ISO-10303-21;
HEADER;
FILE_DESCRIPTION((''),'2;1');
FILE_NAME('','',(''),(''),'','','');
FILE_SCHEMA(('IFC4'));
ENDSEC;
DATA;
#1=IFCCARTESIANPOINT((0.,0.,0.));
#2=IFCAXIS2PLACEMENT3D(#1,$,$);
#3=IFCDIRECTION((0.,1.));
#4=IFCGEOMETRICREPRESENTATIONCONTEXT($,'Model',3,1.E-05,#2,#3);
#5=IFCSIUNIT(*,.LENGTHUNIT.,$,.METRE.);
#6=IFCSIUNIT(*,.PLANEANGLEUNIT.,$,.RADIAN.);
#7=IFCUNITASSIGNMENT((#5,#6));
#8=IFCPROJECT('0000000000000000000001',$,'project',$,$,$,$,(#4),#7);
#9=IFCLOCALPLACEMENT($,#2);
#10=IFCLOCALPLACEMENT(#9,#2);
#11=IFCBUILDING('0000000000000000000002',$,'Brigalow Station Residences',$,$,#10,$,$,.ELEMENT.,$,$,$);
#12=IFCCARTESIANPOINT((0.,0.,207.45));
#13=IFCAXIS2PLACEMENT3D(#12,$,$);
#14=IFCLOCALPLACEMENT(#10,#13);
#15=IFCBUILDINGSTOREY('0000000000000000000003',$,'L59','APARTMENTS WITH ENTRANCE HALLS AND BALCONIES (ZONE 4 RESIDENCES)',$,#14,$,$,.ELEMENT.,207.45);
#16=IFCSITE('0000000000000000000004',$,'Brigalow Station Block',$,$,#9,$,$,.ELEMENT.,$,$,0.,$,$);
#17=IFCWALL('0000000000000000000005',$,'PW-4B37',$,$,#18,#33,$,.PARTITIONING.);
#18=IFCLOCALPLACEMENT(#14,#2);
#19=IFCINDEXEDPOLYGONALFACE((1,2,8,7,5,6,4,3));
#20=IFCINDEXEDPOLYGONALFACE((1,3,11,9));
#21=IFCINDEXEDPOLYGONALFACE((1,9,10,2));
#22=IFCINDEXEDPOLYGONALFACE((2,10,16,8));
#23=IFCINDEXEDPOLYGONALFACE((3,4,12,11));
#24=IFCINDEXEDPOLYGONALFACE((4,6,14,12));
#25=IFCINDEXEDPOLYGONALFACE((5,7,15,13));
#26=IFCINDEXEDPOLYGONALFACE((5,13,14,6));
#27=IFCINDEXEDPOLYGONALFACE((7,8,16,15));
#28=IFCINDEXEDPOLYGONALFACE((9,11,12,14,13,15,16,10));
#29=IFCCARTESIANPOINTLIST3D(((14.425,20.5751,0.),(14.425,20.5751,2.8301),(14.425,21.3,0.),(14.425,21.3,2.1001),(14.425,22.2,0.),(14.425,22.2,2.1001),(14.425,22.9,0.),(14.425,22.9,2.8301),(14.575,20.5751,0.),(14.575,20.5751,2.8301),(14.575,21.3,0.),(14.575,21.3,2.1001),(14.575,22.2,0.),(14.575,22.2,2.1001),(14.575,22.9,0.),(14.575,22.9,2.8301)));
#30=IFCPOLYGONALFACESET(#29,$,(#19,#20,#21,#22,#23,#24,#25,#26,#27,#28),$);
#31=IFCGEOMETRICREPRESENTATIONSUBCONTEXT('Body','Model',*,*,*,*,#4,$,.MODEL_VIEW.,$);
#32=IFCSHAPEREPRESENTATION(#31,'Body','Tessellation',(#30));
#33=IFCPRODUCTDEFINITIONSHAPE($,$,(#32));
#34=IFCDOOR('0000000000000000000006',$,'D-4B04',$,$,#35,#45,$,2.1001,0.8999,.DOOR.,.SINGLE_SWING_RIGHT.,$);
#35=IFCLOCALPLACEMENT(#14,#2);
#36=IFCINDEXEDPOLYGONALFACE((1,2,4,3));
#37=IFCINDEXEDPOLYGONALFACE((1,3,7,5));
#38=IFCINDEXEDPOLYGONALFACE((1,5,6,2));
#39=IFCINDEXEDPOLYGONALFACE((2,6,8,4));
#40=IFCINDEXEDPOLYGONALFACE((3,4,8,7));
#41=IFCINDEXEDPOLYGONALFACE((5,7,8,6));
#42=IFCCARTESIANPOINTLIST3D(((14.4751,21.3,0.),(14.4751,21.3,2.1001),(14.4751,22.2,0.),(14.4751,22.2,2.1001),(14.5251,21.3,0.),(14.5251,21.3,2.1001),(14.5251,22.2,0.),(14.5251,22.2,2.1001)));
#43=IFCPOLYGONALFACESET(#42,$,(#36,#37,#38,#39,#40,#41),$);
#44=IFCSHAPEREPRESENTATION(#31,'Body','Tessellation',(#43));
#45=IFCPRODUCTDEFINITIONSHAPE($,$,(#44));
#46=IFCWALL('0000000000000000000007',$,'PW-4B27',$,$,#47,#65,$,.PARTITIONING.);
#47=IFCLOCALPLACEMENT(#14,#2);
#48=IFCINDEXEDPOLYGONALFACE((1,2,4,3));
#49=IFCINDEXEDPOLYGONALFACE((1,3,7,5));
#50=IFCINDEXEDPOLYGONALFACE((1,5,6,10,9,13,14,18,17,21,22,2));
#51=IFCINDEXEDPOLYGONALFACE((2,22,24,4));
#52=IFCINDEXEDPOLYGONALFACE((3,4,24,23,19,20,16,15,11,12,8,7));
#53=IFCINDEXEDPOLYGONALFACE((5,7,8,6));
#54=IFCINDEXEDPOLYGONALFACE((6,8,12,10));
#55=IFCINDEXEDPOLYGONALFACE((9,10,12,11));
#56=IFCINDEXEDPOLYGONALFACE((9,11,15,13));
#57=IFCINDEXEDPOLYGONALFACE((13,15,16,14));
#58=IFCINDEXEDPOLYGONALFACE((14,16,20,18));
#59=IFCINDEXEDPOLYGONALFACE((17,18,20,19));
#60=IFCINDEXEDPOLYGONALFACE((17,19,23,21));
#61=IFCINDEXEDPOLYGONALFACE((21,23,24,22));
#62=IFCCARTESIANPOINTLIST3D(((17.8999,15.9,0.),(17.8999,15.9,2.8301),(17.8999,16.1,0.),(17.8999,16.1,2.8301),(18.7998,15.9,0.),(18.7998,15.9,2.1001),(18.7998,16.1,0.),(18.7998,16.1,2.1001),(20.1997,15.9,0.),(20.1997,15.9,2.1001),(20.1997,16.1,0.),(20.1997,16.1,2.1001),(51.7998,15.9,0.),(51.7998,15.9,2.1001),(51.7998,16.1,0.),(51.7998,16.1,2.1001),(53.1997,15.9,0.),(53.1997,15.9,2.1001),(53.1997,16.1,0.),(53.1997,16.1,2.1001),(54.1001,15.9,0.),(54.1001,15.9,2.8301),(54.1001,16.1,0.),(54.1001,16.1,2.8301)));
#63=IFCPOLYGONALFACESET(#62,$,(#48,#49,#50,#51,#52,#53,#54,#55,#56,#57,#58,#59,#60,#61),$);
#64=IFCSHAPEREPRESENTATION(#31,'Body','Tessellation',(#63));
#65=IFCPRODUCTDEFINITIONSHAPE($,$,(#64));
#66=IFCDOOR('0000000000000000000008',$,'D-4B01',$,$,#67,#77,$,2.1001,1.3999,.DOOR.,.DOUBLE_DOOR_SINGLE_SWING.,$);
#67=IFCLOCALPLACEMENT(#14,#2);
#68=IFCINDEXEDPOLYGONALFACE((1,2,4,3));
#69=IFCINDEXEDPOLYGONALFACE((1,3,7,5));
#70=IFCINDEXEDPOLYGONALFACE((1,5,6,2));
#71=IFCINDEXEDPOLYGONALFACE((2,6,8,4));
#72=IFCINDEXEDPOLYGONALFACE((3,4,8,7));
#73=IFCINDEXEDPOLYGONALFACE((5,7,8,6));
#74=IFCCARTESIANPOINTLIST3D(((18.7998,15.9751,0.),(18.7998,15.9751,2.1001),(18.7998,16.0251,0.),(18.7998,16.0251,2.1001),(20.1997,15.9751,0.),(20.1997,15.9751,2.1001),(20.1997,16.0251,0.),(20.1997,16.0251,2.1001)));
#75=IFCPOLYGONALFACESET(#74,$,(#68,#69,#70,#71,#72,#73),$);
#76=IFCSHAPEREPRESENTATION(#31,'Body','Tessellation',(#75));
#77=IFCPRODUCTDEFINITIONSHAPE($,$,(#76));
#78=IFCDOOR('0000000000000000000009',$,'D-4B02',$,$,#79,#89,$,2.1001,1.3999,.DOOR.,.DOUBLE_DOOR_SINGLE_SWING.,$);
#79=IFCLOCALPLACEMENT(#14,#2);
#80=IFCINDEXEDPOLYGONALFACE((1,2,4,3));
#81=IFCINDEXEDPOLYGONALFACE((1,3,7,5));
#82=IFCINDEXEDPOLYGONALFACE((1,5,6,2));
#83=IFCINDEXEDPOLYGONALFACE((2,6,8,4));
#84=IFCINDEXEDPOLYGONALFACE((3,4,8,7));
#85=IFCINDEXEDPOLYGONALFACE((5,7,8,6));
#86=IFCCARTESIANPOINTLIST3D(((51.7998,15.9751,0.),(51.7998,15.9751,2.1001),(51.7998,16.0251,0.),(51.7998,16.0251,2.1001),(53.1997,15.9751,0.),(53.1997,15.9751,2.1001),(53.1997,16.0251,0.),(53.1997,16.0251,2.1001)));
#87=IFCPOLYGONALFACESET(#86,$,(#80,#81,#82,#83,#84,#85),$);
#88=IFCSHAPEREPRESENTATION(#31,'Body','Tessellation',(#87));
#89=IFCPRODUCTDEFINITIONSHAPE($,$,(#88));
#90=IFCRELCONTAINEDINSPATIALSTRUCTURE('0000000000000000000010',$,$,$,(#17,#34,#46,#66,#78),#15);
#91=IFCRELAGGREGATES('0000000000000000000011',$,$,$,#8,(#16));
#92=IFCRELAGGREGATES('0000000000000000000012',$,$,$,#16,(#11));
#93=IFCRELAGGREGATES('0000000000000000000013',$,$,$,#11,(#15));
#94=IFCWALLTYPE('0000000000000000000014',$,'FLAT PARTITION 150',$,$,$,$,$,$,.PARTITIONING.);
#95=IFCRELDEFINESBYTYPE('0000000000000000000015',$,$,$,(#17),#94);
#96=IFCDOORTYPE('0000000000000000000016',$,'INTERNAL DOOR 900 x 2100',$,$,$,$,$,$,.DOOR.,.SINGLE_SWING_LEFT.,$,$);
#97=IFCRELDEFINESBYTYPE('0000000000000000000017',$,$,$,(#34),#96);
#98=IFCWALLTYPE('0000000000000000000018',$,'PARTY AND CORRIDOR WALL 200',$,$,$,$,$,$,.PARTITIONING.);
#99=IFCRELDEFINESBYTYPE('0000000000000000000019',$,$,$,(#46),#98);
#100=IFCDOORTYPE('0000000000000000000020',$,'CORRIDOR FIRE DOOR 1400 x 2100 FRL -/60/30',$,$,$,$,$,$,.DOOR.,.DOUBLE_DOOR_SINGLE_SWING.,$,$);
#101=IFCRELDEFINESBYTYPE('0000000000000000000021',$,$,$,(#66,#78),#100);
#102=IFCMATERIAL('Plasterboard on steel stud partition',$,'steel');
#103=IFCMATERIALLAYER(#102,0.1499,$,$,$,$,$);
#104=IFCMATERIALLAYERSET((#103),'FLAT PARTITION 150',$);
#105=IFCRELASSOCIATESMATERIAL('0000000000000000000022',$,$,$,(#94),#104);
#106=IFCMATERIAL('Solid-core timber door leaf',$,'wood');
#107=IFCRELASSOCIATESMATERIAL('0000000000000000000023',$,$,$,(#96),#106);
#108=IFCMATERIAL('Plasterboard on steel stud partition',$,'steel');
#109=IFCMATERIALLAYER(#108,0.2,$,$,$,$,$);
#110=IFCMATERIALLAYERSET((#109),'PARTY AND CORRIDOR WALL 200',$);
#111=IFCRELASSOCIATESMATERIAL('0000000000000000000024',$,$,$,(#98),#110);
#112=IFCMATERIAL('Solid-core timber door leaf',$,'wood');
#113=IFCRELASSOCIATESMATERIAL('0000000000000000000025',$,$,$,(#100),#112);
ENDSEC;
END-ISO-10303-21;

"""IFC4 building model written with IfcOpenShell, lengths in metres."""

from ifc_helpers import new_model, si_unit, direction, frame, frame_2d, origin, place, context, subcontext, project, spatial, rectangle, extrude, material, layer, layer_set, type_object, element, fill, save


model = new_model("IFC4")

# Units and contexts
model_context = context("Model", 3, precision=1e-05, world=origin(), true_north=direction((0.0, 1.0)))
body_context = subcontext(model_context, "Body", "Model", "MODEL_VIEW")
ifc_project = project(units=[si_unit("LENGTHUNIT", "METRE"), si_unit("PLANEANGLEUNIT", "RADIAN")], contexts=[model_context])

# Site, building, storey
site_placement = place(None, origin())
site = spatial("IfcSite", under=ifc_project, at=site_placement, Name="Brigalow Station Block", CompositionType="ELEMENT", RefElevation=0.0)
building_placement = place(site_placement, origin())
building = spatial("IfcBuilding", under=site, at=building_placement, Name="Brigalow Station Residences", CompositionType="ELEMENT")
storey_placement = place(building_placement, frame((0.0, 0.0, 207.45)))
storey = spatial("IfcBuildingStorey", under=building, at=storey_placement, Name="L59", Description="APARTMENTS WITH ENTRANCE HALLS AND BALCONIES (ZONE 4 RESIDENCES)", CompositionType="ELEMENT", Elevation=207.45)

# Wall, opening, door
ifc_material_1 = material(Name="Plasterboard on steel stud partition", Category="steel")
ifc_layer_1 = layer(ifc_material_1, 0.1499)
ifc_layer_set_1 = layer_set([ifc_layer_1], Name="FLAT PARTITION 150")
wall_type_1 = type_object("IfcWallType", Name="FLAT PARTITION 150", PredefinedType="PARTITIONING", material=ifc_layer_set_1)
wall_1_placement = place(storey_placement, frame((14.5, 20.575, 0.0), z_axis=(0.0, 0.0, 1.0), x_axis=(0.0, 1.0, 0.0)))
wall_1 = element("IfcWall", 1, at=wall_1_placement, inside=storey, type_object=wall_type_1, Name="PW-4B37", PredefinedType="PARTITIONING", context=body_context, shape_type="SweptSolid", body=[
    extrude(rectangle(XDim=2.325, YDim=0.1499, at=frame_2d((1.1626, 0.0))), origin(), (0.0, 0.0, 1.0), 2.8301),
])
opening_1_placement = place(wall_1_placement, frame((0.7251, 0.0, 0.0)))
opening_1 = element("IfcOpeningElement", 2, at=opening_1_placement, cuts=wall_1, PredefinedType="OPENING", context=body_context, shape_type="SweptSolid", body=[
    extrude(rectangle(XDim=0.8999, YDim=2.1001, at=frame_2d((0.45, 1.05))), frame((0.0, 0.085, 0.0), z_axis=(0.0, -1.0, 0.0), x_axis=(1.0, 0.0, 0.0)), (0.0, 0.0, 1.0), 0.1699),
])
ifc_material_2 = material(Name="Solid-core timber door leaf", Category="wood")
door_type_1 = type_object("IfcDoorType", Name="INTERNAL DOOR 900 x 2100", OperationType="SINGLE_SWING_LEFT", PredefinedType="DOOR", material=ifc_material_2)
door_1_placement = place(opening_1_placement, origin())
door_1 = element("IfcDoor", 3, at=door_1_placement, inside=storey, type_object=door_type_1, Name="D-4B04", OperationType="SINGLE_SWING_RIGHT", OverallHeight=2.1001, OverallWidth=0.8999, PredefinedType="DOOR", context=body_context, shape_type="SweptSolid", body=[
    extrude(rectangle(XDim=0.8999, YDim=2.1001, at=frame_2d((0.45, 1.05))), frame((0.0, 0.0249, 0.0), z_axis=(0.0, -1.0, 0.0), x_axis=(1.0, 0.0, 0.0)), (0.0, 0.0, 1.0), 0.05),
])
fill(opening_1, door_1)

# Wall, openings, doors
ifc_material_3 = material(Name="Plasterboard on steel stud partition", Category="steel")
ifc_layer_2 = layer(ifc_material_3, 0.2)
ifc_layer_set_2 = layer_set([ifc_layer_2], Name="PARTY AND CORRIDOR WALL 200")
wall_type_2 = type_object("IfcWallType", Name="PARTY AND CORRIDOR WALL 200", PredefinedType="PARTITIONING", material=ifc_layer_set_2)
wall_2_placement = place(storey_placement, frame((17.8999, 16.0, 0.0), z_axis=(0.0, 0.0, 1.0), x_axis=(1.0, 0.0, 0.0)))
wall_2 = element("IfcWall", 4, at=wall_2_placement, inside=storey, type_object=wall_type_2, Name="PW-4B27", PredefinedType="PARTITIONING", context=body_context, shape_type="SweptSolid", body=[
    extrude(rectangle(XDim=36.2002, YDim=0.2, at=frame_2d((18.1001, 0.0))), origin(), (0.0, 0.0, 1.0), 2.8301),
])
opening_2_placement = place(wall_2_placement, frame((0.8999, 0.0, 0.0)))
opening_2 = element("IfcOpeningElement", 5, at=opening_2_placement, cuts=wall_2, PredefinedType="OPENING", context=body_context, shape_type="SweptSolid", body=[
    extrude(rectangle(XDim=1.3999, YDim=2.1001, at=frame_2d((0.7, 1.05))), frame((0.0, 0.1099, 0.0), z_axis=(0.0, -1.0, 0.0), x_axis=(1.0, 0.0, 0.0)), (0.0, 0.0, 1.0), 0.22),
])
opening_3_placement = place(wall_2_placement, frame((33.8999, 0.0, 0.0)))
opening_3 = element("IfcOpeningElement", 6, at=opening_3_placement, cuts=wall_2, PredefinedType="OPENING", context=body_context, shape_type="SweptSolid", body=[
    extrude(rectangle(XDim=1.3999, YDim=2.1001, at=frame_2d((0.7, 1.05))), frame((0.0, 0.1099, 0.0), z_axis=(0.0, -1.0, 0.0), x_axis=(1.0, 0.0, 0.0)), (0.0, 0.0, 1.0), 0.22),
])
ifc_material_4 = material(Name="Solid-core timber door leaf", Category="wood")
door_type_2 = type_object("IfcDoorType", Name="CORRIDOR FIRE DOOR 1400 x 2100 FRL -/60/30", OperationType="DOUBLE_DOOR_SINGLE_SWING", PredefinedType="DOOR", material=ifc_material_4)
door_2_placement = place(opening_2_placement, frame((1.3999, 0.0, 0.0), z_axis=(0.0, 0.0, 1.0), x_axis=(-1.0, 0.0, 0.0)))
door_2 = element("IfcDoor", 7, at=door_2_placement, inside=storey, type_object=door_type_2, Name="D-4B01", OperationType="DOUBLE_DOOR_SINGLE_SWING", OverallHeight=2.1001, OverallWidth=1.3999, PredefinedType="DOOR", context=body_context, shape_type="SweptSolid", body=[
    extrude(rectangle(XDim=1.3999, YDim=2.1001, at=frame_2d((0.7, 1.05))), frame((0.0, 0.0249, 0.0), z_axis=(0.0, -1.0, 0.0), x_axis=(1.0, 0.0, 0.0)), (0.0, 0.0, 1.0), 0.05),
])
fill(opening_2, door_2)
door_3_placement = place(opening_3_placement, frame((1.3999, 0.0, 0.0), z_axis=(0.0, 0.0, 1.0), x_axis=(-1.0, 0.0, 0.0)))
door_3 = element("IfcDoor", 8, at=door_3_placement, inside=storey, type_object=door_type_2, Name="D-4B02", OperationType="DOUBLE_DOOR_SINGLE_SWING", OverallHeight=2.1001, OverallWidth=1.3999, PredefinedType="DOOR", context=body_context, shape_type="SweptSolid", body=[
    extrude(rectangle(XDim=1.3999, YDim=2.1001, at=frame_2d((0.7, 1.05))), frame((0.0, 0.0249, 0.0), z_axis=(0.0, -1.0, 0.0), x_axis=(1.0, 0.0, 0.0)), (0.0, 0.0, 1.0), 0.05),
])
fill(opening_3, door_3)

save(model, "model.ifc")
